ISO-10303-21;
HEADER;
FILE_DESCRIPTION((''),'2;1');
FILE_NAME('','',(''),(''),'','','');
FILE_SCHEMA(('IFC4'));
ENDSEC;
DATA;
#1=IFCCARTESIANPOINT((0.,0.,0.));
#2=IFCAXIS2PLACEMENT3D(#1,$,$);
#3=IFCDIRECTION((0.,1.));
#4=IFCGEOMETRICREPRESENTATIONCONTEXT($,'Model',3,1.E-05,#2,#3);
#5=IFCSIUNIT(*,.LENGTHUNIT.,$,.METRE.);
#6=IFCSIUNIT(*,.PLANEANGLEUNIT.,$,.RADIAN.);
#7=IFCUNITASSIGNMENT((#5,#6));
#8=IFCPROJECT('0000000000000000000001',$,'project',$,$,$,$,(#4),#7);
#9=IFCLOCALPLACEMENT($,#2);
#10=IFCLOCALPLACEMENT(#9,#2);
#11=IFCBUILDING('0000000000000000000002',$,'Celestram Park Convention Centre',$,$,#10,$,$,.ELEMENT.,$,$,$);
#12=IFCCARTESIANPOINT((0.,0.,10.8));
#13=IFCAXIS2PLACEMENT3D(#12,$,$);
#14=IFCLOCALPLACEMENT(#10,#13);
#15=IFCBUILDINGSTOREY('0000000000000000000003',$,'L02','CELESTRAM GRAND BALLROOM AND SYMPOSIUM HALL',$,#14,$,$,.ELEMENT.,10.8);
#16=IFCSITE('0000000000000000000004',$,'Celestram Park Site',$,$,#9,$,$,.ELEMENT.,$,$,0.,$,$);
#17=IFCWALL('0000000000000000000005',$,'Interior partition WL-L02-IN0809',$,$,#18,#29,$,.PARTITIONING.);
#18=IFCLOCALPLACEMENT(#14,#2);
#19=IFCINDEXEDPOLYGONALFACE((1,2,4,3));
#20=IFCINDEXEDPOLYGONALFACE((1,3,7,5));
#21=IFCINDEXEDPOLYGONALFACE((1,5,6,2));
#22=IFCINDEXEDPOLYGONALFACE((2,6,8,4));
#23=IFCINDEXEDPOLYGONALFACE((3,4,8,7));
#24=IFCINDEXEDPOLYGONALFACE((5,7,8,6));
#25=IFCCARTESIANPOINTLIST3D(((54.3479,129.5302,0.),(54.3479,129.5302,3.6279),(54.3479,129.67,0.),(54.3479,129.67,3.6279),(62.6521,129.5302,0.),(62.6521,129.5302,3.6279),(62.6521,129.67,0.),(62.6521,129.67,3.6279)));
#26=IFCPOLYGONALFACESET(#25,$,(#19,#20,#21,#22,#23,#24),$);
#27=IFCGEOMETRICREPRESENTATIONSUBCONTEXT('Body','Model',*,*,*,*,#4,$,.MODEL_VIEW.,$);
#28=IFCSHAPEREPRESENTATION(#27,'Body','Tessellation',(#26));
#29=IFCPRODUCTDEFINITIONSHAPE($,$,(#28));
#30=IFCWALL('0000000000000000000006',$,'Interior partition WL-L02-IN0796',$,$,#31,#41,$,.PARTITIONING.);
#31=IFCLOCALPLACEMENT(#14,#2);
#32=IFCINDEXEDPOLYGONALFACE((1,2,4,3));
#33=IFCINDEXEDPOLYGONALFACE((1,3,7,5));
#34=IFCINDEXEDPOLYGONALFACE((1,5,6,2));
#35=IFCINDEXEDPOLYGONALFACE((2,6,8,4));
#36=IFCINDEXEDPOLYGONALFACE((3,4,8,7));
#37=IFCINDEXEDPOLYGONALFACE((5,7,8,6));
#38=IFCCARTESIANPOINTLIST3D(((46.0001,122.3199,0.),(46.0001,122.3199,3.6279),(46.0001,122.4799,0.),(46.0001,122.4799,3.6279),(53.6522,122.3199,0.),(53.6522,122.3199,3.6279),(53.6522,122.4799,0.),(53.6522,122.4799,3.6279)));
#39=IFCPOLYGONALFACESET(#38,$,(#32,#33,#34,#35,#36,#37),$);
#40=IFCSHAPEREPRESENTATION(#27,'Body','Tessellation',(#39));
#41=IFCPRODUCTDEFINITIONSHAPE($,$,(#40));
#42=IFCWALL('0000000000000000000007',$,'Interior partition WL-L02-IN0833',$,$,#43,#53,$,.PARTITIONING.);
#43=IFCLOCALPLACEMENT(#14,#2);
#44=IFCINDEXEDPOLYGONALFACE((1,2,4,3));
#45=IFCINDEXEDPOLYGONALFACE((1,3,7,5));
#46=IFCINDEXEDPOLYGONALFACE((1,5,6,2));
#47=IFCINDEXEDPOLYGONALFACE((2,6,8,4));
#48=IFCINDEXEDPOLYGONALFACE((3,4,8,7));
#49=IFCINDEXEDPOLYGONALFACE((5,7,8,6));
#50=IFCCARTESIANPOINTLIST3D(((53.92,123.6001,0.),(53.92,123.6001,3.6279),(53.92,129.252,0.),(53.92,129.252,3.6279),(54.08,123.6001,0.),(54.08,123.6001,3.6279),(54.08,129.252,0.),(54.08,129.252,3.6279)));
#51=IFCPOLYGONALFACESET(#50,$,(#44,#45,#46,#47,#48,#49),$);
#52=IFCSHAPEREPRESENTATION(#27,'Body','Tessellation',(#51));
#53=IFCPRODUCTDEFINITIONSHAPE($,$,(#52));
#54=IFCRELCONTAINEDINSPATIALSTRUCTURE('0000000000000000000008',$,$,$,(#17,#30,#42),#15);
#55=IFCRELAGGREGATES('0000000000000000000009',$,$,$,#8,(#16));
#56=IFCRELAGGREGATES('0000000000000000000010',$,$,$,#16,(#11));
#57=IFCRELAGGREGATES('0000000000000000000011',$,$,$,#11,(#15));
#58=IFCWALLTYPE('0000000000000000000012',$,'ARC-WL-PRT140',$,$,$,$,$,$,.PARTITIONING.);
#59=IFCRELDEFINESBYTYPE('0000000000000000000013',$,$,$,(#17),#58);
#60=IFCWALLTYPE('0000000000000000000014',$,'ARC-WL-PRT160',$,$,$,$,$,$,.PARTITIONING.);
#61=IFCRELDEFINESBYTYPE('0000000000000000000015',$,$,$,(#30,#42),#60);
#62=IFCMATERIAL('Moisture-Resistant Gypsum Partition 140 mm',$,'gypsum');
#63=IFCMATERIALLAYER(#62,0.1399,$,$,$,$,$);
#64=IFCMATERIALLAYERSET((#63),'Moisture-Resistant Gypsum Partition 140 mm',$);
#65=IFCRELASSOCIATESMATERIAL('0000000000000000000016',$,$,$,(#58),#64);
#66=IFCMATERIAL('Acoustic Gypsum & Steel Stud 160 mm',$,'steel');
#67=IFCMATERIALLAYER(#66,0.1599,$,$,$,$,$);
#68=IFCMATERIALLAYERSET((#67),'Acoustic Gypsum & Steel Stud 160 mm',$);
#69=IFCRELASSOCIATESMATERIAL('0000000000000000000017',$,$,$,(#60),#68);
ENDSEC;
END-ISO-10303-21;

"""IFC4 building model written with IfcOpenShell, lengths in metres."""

from ifc_helpers import new_model, si_unit, direction, frame, frame_2d, origin, place, context, subcontext, project, spatial, rectangle, extrude, material, layer, layer_set, type_object, element, save


model = new_model("IFC4")

# Units and contexts
model_context = context("Model", 3, precision=1e-05, world=origin(), true_north=direction((0.0, 1.0)))
body_context = subcontext(model_context, "Body", "Model", "MODEL_VIEW")
ifc_project = project(units=[si_unit("LENGTHUNIT", "METRE"), si_unit("PLANEANGLEUNIT", "RADIAN")], contexts=[model_context])

# Site, building, storey
site_placement = place(None, origin())
site = spatial("IfcSite", under=ifc_project, at=site_placement, Name="Celestram Park Site", CompositionType="ELEMENT", RefElevation=0.0)
building_placement = place(site_placement, origin())
building = spatial("IfcBuilding", under=site, at=building_placement, Name="Celestram Park Convention Centre", CompositionType="ELEMENT")
storey_placement = place(building_placement, frame((0.0, 0.0, 10.8)))
storey = spatial("IfcBuildingStorey", under=building, at=storey_placement, Name="L02", Description="CELESTRAM GRAND BALLROOM AND SYMPOSIUM HALL", CompositionType="ELEMENT", Elevation=10.8)

# Walls
ifc_material_1 = material(Name="Moisture-Resistant Gypsum Partition 140 mm", Category="gypsum")
ifc_layer_1 = layer(ifc_material_1, 0.1399)
ifc_layer_set_1 = layer_set([ifc_layer_1], Name="Moisture-Resistant Gypsum Partition 140 mm")
wall_type_1 = type_object("IfcWallType", Name="ARC-WL-PRT140", PredefinedType="PARTITIONING", material=ifc_layer_set_1)
wall_1_placement = place(storey_placement, frame((54.3479, 129.6001, 0.0), z_axis=(0.0, 0.0, 1.0), x_axis=(1.0, 0.0, 0.0)))
element("IfcWall", 1, at=wall_1_placement, inside=storey, type_object=wall_type_1, Name="Interior partition WL-L02-IN0809", PredefinedType="PARTITIONING", context=body_context, shape_type="SweptSolid", body=[
    extrude(rectangle(XDim=8.3042, YDim=0.1399, at=frame_2d((4.1521, 0.0))), origin(), (0.0, 0.0, 1.0), 3.6279),
])
ifc_material_2 = material(Name="Acoustic Gypsum & Steel Stud 160 mm", Category="steel")
ifc_layer_2 = layer(ifc_material_2, 0.1599)
ifc_layer_set_2 = layer_set([ifc_layer_2], Name="Acoustic Gypsum & Steel Stud 160 mm")
wall_type_2 = type_object("IfcWallType", Name="ARC-WL-PRT160", PredefinedType="PARTITIONING", material=ifc_layer_set_2)
wall_2_placement = place(storey_placement, frame((46.0, 122.3999, 0.0), z_axis=(0.0, 0.0, 1.0), x_axis=(1.0, 0.0, 0.0)))
element("IfcWall", 2, at=wall_2_placement, inside=storey, type_object=wall_type_2, Name="Interior partition WL-L02-IN0796", PredefinedType="PARTITIONING", context=body_context, shape_type="SweptSolid", body=[
    extrude(rectangle(XDim=7.6521, YDim=0.1599, at=frame_2d((3.8262, 0.0))), origin(), (0.0, 0.0, 1.0), 3.6279),
])
wall_3_placement = place(storey_placement, frame((54.0, 123.6001, 0.0), z_axis=(0.0, 0.0, 1.0), x_axis=(0.0, 1.0, 0.0)))
element("IfcWall", 3, at=wall_3_placement, inside=storey, type_object=wall_type_2, Name="Interior partition WL-L02-IN0833", PredefinedType="PARTITIONING", context=body_context, shape_type="SweptSolid", body=[
    extrude(rectangle(XDim=5.6519, YDim=0.1599, at=frame_2d((2.8259, 0.0))), origin(), (0.0, 0.0, 1.0), 3.6279),
])

save(model, "model.ifc")
